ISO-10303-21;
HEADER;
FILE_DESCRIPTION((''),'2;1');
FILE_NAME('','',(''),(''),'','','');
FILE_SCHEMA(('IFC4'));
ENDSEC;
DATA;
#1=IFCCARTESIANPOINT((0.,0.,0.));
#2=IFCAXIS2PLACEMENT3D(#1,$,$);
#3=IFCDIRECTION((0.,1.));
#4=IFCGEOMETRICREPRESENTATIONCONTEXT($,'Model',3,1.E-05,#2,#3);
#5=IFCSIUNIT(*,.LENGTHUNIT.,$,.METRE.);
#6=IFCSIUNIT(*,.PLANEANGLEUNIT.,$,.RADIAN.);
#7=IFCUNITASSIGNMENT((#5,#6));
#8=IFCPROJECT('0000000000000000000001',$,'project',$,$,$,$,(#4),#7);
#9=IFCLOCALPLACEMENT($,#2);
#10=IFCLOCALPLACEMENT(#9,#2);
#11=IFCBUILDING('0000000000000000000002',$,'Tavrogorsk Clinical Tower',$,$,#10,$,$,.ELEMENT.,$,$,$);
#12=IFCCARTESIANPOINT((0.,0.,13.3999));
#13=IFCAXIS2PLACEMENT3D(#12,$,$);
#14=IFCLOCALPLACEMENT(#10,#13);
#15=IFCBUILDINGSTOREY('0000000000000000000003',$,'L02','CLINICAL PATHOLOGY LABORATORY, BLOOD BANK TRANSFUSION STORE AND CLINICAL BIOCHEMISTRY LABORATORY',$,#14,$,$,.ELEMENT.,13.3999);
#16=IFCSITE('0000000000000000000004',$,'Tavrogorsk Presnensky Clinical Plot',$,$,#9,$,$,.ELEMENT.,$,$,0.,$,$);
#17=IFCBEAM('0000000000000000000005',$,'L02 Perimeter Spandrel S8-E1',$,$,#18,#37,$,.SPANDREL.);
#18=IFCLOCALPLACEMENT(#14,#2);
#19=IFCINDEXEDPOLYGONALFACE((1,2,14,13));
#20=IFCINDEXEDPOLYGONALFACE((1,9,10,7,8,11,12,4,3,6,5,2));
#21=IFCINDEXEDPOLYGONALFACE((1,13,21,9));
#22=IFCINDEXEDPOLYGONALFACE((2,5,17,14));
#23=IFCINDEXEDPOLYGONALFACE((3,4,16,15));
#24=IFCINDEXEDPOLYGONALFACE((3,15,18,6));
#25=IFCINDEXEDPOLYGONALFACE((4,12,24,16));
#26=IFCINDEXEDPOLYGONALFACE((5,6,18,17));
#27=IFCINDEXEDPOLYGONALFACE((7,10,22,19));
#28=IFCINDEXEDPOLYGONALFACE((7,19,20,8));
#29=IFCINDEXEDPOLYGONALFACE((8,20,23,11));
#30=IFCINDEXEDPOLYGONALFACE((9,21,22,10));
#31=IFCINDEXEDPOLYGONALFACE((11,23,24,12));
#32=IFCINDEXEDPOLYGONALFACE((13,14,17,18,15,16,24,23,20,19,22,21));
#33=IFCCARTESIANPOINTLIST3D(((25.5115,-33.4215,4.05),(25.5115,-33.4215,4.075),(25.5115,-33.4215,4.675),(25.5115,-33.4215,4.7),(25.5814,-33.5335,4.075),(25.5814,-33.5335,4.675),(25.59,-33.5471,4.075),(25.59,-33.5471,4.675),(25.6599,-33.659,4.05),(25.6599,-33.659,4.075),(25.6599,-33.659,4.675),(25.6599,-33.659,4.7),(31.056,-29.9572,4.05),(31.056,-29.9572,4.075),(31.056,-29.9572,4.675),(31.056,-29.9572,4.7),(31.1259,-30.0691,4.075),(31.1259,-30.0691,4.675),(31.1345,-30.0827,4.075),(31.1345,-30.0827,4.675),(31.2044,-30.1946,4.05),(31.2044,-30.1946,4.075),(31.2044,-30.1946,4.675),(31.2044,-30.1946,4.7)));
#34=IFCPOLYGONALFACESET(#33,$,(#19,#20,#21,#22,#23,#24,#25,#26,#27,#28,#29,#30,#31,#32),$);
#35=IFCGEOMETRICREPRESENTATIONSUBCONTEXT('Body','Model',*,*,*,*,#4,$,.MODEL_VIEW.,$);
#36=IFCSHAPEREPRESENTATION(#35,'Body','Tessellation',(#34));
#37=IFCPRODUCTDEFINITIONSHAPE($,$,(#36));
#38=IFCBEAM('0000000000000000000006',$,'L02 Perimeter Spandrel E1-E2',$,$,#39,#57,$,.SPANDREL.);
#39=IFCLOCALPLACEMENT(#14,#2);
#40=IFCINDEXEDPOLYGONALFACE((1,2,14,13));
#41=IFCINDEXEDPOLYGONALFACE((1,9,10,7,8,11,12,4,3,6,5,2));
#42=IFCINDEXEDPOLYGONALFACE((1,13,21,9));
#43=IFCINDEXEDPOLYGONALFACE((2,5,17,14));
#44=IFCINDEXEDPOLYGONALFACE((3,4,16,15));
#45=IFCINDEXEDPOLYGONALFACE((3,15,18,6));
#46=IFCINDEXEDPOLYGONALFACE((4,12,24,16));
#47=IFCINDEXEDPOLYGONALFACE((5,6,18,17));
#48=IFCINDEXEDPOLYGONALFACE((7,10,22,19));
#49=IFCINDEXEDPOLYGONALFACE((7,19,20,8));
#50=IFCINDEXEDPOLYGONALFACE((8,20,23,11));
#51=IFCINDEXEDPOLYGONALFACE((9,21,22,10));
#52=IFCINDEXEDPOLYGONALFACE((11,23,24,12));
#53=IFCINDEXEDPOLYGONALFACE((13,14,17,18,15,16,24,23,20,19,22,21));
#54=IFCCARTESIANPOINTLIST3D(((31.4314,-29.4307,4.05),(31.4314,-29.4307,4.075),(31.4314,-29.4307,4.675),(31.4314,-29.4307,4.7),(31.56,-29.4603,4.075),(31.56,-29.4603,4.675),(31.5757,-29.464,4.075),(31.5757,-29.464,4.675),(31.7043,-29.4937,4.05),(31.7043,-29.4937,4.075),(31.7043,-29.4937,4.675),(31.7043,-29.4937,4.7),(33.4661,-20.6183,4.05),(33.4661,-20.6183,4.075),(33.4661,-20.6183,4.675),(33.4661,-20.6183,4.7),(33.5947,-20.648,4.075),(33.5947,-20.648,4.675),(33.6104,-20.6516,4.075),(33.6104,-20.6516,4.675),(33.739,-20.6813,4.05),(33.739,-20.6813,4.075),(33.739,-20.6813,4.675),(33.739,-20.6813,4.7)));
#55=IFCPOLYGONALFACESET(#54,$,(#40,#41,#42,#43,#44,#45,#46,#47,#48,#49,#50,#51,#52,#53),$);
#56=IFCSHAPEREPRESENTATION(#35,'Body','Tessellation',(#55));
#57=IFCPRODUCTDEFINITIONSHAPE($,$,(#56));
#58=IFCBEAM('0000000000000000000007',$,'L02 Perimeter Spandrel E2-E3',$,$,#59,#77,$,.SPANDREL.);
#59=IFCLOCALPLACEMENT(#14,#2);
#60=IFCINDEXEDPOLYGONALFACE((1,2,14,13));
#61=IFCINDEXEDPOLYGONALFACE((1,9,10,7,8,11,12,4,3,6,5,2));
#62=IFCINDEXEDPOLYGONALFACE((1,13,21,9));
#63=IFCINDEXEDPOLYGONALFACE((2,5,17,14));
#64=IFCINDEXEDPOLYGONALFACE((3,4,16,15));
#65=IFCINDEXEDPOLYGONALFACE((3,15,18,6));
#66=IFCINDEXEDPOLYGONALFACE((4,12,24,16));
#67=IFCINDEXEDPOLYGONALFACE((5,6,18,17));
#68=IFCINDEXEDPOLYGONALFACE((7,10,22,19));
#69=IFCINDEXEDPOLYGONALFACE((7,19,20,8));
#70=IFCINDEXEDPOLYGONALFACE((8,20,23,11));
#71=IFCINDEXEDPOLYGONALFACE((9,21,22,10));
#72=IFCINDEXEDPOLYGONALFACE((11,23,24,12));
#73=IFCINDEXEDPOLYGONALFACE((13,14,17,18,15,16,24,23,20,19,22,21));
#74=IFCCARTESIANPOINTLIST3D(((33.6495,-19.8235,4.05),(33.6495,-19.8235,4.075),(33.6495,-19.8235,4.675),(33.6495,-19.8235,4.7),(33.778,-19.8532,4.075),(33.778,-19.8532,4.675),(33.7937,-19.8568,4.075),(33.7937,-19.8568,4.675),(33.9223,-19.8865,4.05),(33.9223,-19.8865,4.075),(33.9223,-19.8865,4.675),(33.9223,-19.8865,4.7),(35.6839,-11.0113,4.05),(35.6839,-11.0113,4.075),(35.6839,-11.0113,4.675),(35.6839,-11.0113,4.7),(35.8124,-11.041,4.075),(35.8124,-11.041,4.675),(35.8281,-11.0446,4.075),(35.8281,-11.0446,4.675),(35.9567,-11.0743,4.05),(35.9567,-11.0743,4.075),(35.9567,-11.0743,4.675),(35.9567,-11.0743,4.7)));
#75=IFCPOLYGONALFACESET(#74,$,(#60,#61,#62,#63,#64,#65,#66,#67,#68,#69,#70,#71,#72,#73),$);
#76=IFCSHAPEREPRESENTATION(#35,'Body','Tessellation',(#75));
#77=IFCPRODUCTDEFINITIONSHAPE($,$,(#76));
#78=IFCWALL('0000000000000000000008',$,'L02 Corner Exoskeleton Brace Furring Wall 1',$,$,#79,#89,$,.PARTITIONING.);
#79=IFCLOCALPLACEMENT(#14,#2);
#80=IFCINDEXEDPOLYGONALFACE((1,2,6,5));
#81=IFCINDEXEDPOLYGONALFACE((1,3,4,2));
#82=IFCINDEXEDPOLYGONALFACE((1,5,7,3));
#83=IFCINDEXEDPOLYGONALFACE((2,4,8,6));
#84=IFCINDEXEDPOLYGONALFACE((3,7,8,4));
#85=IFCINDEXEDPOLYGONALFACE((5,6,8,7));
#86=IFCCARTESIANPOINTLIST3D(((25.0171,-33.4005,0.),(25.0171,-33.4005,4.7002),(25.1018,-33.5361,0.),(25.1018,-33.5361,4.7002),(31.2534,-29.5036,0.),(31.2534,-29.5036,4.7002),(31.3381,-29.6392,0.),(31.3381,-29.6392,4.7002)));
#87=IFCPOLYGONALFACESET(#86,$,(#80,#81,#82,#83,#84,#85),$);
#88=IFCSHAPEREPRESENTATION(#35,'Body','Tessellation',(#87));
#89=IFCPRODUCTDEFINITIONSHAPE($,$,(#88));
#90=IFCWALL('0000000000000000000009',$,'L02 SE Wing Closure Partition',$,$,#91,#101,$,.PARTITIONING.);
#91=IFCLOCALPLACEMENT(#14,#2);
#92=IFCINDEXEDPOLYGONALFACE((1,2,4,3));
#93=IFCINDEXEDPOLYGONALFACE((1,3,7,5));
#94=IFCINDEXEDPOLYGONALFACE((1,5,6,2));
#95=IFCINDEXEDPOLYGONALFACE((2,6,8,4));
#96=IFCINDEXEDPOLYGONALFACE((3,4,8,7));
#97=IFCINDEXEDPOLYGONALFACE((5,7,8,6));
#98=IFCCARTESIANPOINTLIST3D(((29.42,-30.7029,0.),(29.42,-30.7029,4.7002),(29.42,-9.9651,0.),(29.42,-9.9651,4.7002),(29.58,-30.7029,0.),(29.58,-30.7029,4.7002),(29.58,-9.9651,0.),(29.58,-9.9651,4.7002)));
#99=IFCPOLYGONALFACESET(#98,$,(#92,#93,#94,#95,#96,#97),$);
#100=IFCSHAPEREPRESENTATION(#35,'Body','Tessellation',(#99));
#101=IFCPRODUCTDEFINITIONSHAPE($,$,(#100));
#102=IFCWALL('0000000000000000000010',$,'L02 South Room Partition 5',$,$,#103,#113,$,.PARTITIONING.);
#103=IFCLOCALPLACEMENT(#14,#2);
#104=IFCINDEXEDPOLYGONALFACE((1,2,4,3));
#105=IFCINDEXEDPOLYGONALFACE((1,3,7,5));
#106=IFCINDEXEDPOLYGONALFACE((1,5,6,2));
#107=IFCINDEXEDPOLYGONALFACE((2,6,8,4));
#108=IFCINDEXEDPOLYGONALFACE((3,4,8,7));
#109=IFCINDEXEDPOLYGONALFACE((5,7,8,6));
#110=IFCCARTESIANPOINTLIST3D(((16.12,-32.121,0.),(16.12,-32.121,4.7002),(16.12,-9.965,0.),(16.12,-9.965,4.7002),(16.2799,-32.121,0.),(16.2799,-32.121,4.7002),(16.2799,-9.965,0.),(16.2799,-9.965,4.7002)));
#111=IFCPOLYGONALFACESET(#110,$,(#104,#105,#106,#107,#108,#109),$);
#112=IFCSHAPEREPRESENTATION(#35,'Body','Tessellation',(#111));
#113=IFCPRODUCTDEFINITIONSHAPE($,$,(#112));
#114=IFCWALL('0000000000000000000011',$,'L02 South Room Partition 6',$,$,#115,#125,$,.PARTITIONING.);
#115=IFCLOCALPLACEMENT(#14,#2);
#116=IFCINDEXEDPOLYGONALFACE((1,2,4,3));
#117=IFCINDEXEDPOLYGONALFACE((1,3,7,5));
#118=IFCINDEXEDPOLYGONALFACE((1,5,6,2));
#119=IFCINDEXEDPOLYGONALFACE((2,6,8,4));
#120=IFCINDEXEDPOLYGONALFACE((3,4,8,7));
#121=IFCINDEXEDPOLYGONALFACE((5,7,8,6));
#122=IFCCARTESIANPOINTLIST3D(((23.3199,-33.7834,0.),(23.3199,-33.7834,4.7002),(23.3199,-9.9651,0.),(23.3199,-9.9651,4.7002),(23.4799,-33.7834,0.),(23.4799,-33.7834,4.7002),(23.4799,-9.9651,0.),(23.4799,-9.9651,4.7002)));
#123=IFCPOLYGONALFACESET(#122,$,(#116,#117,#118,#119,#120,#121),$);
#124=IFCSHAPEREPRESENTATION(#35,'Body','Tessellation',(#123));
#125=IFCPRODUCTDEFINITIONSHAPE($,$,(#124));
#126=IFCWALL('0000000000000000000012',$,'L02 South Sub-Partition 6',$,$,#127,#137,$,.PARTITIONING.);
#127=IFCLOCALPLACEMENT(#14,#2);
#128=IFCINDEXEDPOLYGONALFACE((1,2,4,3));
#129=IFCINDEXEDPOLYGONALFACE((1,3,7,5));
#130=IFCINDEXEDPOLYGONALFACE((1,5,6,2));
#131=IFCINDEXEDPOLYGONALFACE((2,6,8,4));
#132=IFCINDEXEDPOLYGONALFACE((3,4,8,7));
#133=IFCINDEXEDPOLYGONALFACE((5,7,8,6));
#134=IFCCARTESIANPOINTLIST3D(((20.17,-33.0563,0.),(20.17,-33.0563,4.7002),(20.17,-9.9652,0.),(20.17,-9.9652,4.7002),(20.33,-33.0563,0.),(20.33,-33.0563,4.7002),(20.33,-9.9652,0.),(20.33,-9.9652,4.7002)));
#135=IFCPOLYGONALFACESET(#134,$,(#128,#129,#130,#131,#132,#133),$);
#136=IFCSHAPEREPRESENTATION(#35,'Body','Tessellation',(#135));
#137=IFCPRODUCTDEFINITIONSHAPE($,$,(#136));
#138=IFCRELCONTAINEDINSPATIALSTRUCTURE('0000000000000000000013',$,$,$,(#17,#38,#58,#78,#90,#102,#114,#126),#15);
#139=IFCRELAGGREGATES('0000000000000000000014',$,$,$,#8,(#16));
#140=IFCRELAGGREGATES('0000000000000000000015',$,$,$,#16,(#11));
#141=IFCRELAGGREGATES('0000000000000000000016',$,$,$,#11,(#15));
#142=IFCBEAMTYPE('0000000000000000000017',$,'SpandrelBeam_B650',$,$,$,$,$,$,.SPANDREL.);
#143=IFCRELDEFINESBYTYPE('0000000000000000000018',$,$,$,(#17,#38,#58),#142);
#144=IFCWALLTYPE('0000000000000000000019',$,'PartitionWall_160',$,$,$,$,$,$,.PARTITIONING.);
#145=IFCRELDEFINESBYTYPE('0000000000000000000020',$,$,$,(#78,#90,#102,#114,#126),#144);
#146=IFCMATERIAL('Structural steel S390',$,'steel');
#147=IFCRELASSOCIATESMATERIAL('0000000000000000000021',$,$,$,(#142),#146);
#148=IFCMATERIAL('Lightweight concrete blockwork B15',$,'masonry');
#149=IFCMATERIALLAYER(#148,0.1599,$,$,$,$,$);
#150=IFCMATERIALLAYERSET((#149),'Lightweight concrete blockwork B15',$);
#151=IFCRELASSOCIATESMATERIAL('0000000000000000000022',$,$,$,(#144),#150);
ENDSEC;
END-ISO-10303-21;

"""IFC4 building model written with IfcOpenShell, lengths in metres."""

from ifc_helpers import new_model, si_unit, direction, frame, frame_2d, origin, origin_2d, place, context, subcontext, project, spatial, rectangle, i_section, extrude, material, layer, layer_set, material_profile, profile_set, type_object, element, save


model = new_model("IFC4")

# Units and contexts
model_context = context("Model", 3, precision=1e-05, world=origin(), true_north=direction((0.0, 1.0)))
body_context = subcontext(model_context, "Body", "Model", "MODEL_VIEW")
ifc_project = project(units=[si_unit("LENGTHUNIT", "METRE"), si_unit("PLANEANGLEUNIT", "RADIAN")], contexts=[model_context])

# Site, building, storey
site_placement = place(None, origin())
site = spatial("IfcSite", under=ifc_project, at=site_placement, Name="Tavrogorsk Presnensky Clinical Plot", CompositionType="ELEMENT", RefElevation=0.0)
building_placement = place(site_placement, origin())
building = spatial("IfcBuilding", under=site, at=building_placement, Name="Tavrogorsk Clinical Tower", CompositionType="ELEMENT")
storey_placement = place(building_placement, frame((0.0, 0.0, 13.3999)))
storey = spatial("IfcBuildingStorey", under=building, at=storey_placement, Name="L02", Description="CLINICAL PATHOLOGY LABORATORY, BLOOD BANK TRANSFUSION STORE AND CLINICAL BIOCHEMISTRY LABORATORY", CompositionType="ELEMENT", Elevation=13.3999)

# Beams
ifc_material_1 = material(Name="Structural steel S390", Category="steel")
ifc_material_profile_1 = material_profile(ifc_material_1, i_section(OverallWidth=0.28, OverallDepth=0.6499, WebThickness=0.0161, FlangeThickness=0.0249, at=origin_2d()), Name="B-650x280x16x25")
ifc_profile_set_1 = profile_set([ifc_material_profile_1], Name="Structural steel S390")
beam_type_1 = type_object("IfcBeamType", Name="SpandrelBeam_B650", PredefinedType="SPANDREL", material=ifc_profile_set_1)
beam_1_placement = place(storey_placement, frame((25.5857, -33.5403, 4.375), z_axis=(0.848061, 0.529898, 0.0), x_axis=(-0.529898, 0.848061, 0.0)))
element("IfcBeam", 1, at=beam_1_placement, inside=storey, type_object=beam_type_1, Name="L02 Perimeter Spandrel S8-E1", PredefinedType="SPANDREL", context=body_context, shape_type="SweptSolid", body=[
    extrude(i_section(OverallWidth=0.28, OverallDepth=0.6499, WebThickness=0.0161, FlangeThickness=0.0249, at=origin_2d()), origin(), (0.0, 0.0, 1.0), 6.5378),
])
beam_2_placement = place(storey_placement, frame((31.5679, -29.4622, 4.375), z_axis=(0.224972, 0.974365, 0.0), x_axis=(-0.974365, 0.224972, 0.0)))
element("IfcBeam", 2, at=beam_2_placement, inside=storey, type_object=beam_type_1, Name="L02 Perimeter Spandrel E1-E2", PredefinedType="SPANDREL", context=body_context, shape_type="SweptSolid", body=[
    extrude(i_section(OverallWidth=0.28, OverallDepth=0.6499, WebThickness=0.0161, FlangeThickness=0.0249, at=origin_2d()), origin(), (0.0, 0.0, 1.0), 9.0442),
])
beam_3_placement = place(storey_placement, frame((33.7859, -19.855, 4.375), z_axis=(0.224946, 0.974371, 0.0), x_axis=(-0.974371, 0.224946, 0.0)))
element("IfcBeam", 3, at=beam_3_placement, inside=storey, type_object=beam_type_1, Name="L02 Perimeter Spandrel E2-E3", PredefinedType="SPANDREL", context=body_context, shape_type="SweptSolid", body=[
    extrude(i_section(OverallWidth=0.28, OverallDepth=0.6499, WebThickness=0.0161, FlangeThickness=0.0249, at=origin_2d()), origin(), (0.0, 0.0, 1.0), 9.0439),
])

# Walls
ifc_material_2 = material(Name="Lightweight concrete blockwork B15", Category="masonry")
ifc_layer_1 = layer(ifc_material_2, 0.1599)
ifc_layer_set_1 = layer_set([ifc_layer_1], Name="Lightweight concrete blockwork B15")
wall_type_1 = type_object("IfcWallType", Name="PartitionWall_160", PredefinedType="PARTITIONING", material=ifc_layer_set_1)
wall_1_placement = place(storey_placement, frame((25.0596, -33.4683, 0.0), z_axis=(0.0, 0.0, 1.0), x_axis=(0.848043, 0.529927, 0.0)))
element("IfcWall", 4, at=wall_1_placement, inside=storey, type_object=wall_type_1, Name="L02 Corner Exoskeleton Brace Furring Wall 1", PredefinedType="PARTITIONING", context=body_context, shape_type="SweptSolid", body=[
    extrude(rectangle(XDim=7.3538, YDim=0.1599, at=frame_2d((3.6768, 0.0))), origin(), (0.0, 0.0, 1.0), 4.7002),
])
wall_2_placement = place(storey_placement, frame((29.5, -30.7029, 0.0), z_axis=(0.0, 0.0, 1.0), x_axis=(0.0, 1.0, 0.0)))
element("IfcWall", 5, at=wall_2_placement, inside=storey, type_object=wall_type_1, Name="L02 SE Wing Closure Partition", PredefinedType="PARTITIONING", context=body_context, shape_type="SweptSolid", body=[
    extrude(rectangle(XDim=20.7378, YDim=0.1599, at=frame_2d((10.3689, 0.0))), origin(), (0.0, 0.0, 1.0), 4.7002),
])
wall_3_placement = place(storey_placement, frame((16.2, -32.1211, 0.0), z_axis=(0.0, 0.0, 1.0), x_axis=(0.0, 1.0, 0.0)))
element("IfcWall", 6, at=wall_3_placement, inside=storey, type_object=wall_type_1, Name="L02 South Room Partition 5", PredefinedType="PARTITIONING", context=body_context, shape_type="SweptSolid", body=[
    extrude(rectangle(XDim=22.156, YDim=0.1599, at=frame_2d((11.0781, 0.0))), origin(), (0.0, 0.0, 1.0), 4.7002),
])
wall_4_placement = place(storey_placement, frame((23.3999, -33.7834, 0.0), z_axis=(0.0, 0.0, 1.0), x_axis=(0.0, 1.0, 0.0)))
element("IfcWall", 7, at=wall_4_placement, inside=storey, type_object=wall_type_1, Name="L02 South Room Partition 6", PredefinedType="PARTITIONING", context=body_context, shape_type="SweptSolid", body=[
    extrude(rectangle(XDim=23.8184, YDim=0.1599, at=frame_2d((11.9092, 0.0))), origin(), (0.0, 0.0, 1.0), 4.7002),
])
wall_5_placement = place(storey_placement, frame((20.25, -33.0562, 0.0), z_axis=(0.0, 0.0, 1.0), x_axis=(0.0, 1.0, 0.0)))
element("IfcWall", 8, at=wall_5_placement, inside=storey, type_object=wall_type_1, Name="L02 South Sub-Partition 6", PredefinedType="PARTITIONING", context=body_context, shape_type="SweptSolid", body=[
    extrude(rectangle(XDim=23.0911, YDim=0.1599, at=frame_2d((11.5454, 0.0))), origin(), (0.0, 0.0, 1.0), 4.7002),
])

save(model, "model.ifc")
